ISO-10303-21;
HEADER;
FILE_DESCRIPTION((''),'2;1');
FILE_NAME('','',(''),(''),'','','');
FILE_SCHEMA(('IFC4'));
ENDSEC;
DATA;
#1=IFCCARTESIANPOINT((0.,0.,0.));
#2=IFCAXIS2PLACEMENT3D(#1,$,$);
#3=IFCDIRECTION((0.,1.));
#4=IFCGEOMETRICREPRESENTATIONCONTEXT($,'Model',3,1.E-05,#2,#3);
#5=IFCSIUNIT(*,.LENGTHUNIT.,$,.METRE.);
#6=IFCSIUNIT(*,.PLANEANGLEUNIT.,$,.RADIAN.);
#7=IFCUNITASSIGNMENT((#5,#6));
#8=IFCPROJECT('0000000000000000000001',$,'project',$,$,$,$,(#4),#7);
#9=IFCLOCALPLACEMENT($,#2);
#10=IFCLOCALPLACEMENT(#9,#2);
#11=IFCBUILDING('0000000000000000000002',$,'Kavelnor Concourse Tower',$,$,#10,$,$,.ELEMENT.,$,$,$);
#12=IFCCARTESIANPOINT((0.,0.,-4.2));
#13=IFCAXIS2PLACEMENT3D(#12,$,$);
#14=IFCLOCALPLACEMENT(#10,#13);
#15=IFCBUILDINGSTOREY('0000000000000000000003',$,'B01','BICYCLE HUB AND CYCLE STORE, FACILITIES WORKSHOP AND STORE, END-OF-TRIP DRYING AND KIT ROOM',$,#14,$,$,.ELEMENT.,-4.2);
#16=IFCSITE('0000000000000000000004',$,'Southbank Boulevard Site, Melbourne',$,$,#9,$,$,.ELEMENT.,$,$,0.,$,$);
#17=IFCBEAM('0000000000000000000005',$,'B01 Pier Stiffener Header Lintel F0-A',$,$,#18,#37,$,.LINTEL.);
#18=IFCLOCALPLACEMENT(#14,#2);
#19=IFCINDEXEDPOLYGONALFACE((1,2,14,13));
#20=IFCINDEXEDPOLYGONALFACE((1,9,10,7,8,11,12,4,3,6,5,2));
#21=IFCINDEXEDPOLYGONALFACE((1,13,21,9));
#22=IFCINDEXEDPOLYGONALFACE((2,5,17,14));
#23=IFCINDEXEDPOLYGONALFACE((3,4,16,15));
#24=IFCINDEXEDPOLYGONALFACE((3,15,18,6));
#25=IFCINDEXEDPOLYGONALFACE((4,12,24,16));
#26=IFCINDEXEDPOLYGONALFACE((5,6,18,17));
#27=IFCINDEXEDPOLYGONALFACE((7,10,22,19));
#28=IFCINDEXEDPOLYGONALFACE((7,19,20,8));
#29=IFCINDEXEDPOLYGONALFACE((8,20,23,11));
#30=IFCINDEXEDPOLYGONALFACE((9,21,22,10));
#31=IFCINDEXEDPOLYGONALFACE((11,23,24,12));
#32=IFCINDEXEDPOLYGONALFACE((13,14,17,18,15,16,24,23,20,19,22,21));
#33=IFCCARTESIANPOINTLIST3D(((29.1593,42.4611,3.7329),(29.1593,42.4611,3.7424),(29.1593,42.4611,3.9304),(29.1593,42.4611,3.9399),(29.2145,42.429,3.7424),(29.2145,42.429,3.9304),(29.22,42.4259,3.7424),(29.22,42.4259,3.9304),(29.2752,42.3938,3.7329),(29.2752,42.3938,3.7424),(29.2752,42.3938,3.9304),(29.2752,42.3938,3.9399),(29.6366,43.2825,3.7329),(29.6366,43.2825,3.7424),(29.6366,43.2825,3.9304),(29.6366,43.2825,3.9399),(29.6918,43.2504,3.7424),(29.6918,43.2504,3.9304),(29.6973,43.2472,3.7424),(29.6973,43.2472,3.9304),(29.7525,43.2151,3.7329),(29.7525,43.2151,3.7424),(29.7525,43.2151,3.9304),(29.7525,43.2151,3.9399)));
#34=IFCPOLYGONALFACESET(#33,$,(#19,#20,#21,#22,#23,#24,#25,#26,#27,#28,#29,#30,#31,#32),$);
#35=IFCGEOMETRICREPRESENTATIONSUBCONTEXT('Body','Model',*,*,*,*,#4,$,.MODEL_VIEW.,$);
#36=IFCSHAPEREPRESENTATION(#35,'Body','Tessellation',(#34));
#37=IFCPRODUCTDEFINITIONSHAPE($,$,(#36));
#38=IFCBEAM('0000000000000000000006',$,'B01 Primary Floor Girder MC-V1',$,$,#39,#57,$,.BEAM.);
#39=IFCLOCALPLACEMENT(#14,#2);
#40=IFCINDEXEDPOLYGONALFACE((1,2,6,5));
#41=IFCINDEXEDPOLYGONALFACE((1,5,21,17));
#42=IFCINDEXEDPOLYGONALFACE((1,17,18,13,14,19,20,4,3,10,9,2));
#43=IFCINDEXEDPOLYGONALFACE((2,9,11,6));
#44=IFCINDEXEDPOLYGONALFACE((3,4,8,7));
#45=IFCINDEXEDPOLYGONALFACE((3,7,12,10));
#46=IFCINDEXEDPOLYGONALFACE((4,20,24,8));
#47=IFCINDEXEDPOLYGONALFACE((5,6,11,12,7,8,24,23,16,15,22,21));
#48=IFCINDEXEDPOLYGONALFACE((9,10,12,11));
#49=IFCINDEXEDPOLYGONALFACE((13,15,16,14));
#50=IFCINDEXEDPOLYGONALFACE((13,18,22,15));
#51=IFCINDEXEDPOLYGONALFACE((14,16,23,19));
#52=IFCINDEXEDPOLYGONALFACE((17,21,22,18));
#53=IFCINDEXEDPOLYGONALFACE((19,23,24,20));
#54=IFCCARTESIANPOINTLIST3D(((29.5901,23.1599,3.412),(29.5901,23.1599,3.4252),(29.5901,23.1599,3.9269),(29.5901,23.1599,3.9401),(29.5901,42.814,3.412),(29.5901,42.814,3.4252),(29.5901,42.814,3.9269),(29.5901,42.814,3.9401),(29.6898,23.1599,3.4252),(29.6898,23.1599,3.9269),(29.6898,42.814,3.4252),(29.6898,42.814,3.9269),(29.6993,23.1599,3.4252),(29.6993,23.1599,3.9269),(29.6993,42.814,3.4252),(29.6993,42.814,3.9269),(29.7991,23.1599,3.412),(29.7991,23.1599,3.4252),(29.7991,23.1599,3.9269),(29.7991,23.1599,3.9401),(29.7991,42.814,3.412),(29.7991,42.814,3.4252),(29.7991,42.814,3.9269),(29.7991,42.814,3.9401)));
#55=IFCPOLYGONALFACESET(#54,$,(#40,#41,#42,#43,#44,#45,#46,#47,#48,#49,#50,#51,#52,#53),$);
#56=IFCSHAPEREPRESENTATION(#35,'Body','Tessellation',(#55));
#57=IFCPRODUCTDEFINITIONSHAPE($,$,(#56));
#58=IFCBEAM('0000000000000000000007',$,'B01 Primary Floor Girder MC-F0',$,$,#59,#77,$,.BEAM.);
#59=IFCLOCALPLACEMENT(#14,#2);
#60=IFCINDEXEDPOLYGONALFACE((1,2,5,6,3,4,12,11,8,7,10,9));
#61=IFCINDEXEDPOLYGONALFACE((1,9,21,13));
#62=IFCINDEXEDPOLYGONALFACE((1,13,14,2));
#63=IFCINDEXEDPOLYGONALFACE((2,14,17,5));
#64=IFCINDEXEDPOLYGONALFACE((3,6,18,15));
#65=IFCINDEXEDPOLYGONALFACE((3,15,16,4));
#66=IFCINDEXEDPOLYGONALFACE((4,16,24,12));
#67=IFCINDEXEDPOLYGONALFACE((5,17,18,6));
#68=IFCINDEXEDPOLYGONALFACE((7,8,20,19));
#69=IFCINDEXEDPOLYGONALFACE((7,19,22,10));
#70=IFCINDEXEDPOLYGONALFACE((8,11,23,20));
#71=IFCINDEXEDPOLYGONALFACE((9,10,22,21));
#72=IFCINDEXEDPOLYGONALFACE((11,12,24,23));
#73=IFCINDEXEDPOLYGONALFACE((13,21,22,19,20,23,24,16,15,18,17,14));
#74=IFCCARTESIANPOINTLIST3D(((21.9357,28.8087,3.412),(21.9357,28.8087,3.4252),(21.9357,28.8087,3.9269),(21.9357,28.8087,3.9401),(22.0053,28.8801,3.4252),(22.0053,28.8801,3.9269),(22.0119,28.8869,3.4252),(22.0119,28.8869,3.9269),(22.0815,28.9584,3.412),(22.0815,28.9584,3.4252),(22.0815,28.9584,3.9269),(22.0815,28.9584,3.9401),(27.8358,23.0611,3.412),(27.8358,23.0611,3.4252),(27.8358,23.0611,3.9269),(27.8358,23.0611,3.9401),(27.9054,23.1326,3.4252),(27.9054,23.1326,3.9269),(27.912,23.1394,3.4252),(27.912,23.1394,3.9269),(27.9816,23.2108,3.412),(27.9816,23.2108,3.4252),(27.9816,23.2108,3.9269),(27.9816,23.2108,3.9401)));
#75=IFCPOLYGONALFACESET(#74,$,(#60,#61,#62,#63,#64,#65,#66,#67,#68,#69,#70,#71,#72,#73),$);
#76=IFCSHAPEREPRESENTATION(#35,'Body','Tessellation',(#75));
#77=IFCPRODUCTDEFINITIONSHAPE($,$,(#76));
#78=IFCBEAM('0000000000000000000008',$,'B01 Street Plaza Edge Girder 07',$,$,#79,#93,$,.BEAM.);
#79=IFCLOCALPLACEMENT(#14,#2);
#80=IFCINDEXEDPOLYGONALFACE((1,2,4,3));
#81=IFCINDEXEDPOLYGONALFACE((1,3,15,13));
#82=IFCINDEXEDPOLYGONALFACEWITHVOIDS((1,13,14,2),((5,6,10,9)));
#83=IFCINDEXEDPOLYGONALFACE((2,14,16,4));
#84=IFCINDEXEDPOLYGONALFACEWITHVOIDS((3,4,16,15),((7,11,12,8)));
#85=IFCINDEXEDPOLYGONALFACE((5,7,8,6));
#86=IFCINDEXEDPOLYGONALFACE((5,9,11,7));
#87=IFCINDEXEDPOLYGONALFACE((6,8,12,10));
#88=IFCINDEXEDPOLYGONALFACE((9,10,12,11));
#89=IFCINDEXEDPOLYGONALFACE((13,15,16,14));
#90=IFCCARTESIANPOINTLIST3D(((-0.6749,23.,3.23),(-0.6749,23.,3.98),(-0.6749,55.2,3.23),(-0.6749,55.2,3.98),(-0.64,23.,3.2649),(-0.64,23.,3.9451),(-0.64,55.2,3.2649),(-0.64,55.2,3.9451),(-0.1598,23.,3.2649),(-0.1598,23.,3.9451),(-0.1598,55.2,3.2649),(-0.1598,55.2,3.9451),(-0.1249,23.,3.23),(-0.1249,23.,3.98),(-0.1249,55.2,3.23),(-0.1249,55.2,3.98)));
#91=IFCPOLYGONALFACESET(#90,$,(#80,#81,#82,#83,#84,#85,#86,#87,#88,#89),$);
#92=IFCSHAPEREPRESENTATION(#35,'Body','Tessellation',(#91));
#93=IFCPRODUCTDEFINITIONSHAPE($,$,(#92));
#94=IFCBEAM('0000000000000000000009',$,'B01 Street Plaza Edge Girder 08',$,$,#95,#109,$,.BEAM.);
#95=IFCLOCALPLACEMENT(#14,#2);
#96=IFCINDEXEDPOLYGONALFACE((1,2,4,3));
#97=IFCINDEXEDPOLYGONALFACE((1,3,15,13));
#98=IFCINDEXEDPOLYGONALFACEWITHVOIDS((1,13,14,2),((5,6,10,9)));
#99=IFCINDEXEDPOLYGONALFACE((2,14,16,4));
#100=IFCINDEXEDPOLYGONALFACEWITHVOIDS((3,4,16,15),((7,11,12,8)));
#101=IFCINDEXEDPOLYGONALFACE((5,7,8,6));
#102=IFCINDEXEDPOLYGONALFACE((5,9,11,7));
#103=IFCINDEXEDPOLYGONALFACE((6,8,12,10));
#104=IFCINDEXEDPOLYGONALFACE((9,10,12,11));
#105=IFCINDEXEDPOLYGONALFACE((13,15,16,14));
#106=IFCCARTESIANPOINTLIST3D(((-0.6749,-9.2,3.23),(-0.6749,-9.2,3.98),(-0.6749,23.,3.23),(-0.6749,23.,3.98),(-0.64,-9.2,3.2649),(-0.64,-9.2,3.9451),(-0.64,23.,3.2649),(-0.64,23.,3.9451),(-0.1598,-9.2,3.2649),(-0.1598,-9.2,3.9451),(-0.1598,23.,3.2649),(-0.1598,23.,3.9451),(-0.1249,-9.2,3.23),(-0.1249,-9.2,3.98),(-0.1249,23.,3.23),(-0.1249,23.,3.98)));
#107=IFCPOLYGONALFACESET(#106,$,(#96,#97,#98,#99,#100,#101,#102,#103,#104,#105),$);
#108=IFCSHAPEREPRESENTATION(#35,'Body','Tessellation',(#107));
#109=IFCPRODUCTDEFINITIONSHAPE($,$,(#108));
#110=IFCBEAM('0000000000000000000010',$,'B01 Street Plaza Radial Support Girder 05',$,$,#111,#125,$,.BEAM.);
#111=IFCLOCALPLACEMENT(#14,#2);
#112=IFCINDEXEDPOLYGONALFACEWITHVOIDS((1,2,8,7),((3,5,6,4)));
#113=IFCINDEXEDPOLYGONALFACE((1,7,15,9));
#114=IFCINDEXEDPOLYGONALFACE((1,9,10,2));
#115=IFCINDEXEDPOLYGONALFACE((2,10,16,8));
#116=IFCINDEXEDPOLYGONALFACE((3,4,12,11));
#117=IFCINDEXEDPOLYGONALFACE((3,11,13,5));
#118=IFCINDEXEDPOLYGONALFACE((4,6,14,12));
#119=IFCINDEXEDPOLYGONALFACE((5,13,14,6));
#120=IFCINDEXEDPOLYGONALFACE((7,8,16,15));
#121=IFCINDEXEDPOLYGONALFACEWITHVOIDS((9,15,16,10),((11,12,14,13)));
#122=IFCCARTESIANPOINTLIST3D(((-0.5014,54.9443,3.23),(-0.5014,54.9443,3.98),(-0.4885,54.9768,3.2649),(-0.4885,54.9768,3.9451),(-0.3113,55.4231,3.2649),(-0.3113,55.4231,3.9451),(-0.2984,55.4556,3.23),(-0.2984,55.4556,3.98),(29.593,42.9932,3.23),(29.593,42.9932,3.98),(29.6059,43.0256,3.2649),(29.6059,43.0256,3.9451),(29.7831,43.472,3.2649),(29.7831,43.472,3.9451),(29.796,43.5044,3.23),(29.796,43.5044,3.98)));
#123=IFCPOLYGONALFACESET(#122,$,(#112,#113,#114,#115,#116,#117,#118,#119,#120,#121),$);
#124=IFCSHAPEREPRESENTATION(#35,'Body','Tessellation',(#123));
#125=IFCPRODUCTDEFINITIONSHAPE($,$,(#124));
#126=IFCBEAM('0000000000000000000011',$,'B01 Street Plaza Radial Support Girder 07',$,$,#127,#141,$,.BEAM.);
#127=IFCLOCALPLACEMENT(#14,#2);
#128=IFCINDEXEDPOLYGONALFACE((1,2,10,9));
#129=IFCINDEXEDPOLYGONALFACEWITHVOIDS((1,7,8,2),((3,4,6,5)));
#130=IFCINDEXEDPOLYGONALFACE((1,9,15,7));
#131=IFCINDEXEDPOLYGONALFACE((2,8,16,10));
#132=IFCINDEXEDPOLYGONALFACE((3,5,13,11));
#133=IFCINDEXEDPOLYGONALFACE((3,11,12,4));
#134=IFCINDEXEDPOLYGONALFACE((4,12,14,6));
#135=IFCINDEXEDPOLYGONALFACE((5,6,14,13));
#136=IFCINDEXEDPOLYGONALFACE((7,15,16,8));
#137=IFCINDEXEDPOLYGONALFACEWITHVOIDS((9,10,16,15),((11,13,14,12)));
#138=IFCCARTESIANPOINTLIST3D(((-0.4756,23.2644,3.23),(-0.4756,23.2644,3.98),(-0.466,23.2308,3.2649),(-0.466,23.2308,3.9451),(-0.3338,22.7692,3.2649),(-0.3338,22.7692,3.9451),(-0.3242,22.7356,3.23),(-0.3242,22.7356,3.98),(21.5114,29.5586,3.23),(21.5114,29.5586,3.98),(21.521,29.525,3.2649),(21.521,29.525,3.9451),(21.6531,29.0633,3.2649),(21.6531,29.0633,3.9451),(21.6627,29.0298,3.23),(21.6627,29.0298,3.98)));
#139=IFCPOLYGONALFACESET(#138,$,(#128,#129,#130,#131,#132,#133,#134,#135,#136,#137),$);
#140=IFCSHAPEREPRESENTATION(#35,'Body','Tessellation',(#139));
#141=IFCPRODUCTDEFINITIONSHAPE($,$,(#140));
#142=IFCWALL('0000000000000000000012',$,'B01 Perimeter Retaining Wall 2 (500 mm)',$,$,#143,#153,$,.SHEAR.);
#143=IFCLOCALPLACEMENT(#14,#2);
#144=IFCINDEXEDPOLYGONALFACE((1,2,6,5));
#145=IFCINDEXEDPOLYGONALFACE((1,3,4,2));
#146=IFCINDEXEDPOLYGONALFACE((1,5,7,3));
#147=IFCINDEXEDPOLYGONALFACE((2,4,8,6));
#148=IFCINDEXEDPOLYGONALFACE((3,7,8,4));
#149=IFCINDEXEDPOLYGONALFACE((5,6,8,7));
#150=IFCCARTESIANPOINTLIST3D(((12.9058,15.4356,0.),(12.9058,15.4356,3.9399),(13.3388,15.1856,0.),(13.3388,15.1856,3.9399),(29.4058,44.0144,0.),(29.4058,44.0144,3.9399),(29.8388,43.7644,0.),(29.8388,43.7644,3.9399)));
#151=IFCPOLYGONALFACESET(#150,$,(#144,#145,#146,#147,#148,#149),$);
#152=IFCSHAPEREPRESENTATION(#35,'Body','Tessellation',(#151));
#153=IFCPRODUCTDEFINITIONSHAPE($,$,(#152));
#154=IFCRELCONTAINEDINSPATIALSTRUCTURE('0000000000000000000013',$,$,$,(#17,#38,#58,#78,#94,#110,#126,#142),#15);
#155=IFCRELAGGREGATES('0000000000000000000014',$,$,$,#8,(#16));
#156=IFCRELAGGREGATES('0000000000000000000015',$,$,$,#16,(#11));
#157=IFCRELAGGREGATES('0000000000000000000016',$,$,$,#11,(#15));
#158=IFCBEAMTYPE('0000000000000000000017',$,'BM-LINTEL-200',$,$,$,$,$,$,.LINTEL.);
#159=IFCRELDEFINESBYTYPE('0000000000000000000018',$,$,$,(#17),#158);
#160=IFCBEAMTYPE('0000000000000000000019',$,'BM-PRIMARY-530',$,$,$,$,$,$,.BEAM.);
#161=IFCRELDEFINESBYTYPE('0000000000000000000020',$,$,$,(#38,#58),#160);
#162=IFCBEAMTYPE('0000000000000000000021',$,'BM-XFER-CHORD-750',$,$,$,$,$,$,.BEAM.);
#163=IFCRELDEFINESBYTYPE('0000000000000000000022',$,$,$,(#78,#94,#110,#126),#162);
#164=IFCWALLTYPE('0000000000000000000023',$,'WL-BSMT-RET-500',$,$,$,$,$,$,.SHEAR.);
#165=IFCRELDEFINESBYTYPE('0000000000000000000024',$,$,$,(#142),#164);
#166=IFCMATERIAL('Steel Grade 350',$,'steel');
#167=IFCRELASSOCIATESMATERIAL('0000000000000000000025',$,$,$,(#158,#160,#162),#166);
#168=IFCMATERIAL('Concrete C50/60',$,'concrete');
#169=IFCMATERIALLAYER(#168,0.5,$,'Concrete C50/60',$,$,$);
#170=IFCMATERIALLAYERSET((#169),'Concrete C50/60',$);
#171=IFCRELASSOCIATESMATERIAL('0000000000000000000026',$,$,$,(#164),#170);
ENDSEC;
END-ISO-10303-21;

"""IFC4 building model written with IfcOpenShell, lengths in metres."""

from ifc_helpers import new_model, si_unit, direction, frame, frame_2d, origin, origin_2d, place, context, subcontext, project, spatial, rectangle, hollow_rectangle, i_section, extrude, material, layer, layer_set, material_profile, profile_set, type_object, element, save


model = new_model("IFC4")

# Units and contexts
model_context = context("Model", 3, precision=1e-05, world=origin(), true_north=direction((0.0, 1.0)))
body_context = subcontext(model_context, "Body", "Model", "MODEL_VIEW")
ifc_project = project(units=[si_unit("LENGTHUNIT", "METRE"), si_unit("PLANEANGLEUNIT", "RADIAN")], contexts=[model_context])

# Site, building, storey
site_placement = place(None, origin())
site = spatial("IfcSite", under=ifc_project, at=site_placement, Name="Southbank Boulevard Site, Melbourne", CompositionType="ELEMENT", RefElevation=0.0)
building_placement = place(site_placement, origin())
building = spatial("IfcBuilding", under=site, at=building_placement, Name="Kavelnor Concourse Tower", CompositionType="ELEMENT")
storey_placement = place(building_placement, frame((0.0, 0.0, -4.2)))
storey = spatial("IfcBuildingStorey", under=building, at=storey_placement, Name="B01", Description="BICYCLE HUB AND CYCLE STORE, FACILITIES WORKSHOP AND STORE, END-OF-TRIP DRYING AND KIT ROOM", CompositionType="ELEMENT", Elevation=-4.2)

# Shared definitions
ifc_material_1 = material(Name="Steel Grade 350", Category="steel")

# Beams
ifc_material_profile_1 = material_profile(ifc_material_1, i_section(OverallWidth=0.134, OverallDepth=0.207, WebThickness=0.0063, FlangeThickness=0.0095, at=origin_2d()), Name="200UB29")
ifc_profile_set_1 = profile_set([ifc_material_profile_1], Name="Steel Grade 350")
beam_type_1 = type_object("IfcBeamType", Name="BM-LINTEL-200", PredefinedType="LINTEL", material=ifc_profile_set_1)
beam_1_placement = place(storey_placement, frame((29.6946, 43.2488, 3.8364), z_axis=(-0.502464, -0.864598, 0.0), x_axis=(0.864598, -0.502464, 0.0)))
element("IfcBeam", 1, at=beam_1_placement, inside=storey, type_object=beam_type_1, Name="B01 Pier Stiffener Header Lintel F0-A", PredefinedType="LINTEL", context=body_context, shape_type="SweptSolid", body=[
    extrude(i_section(OverallWidth=0.134, OverallDepth=0.207, WebThickness=0.0063, FlangeThickness=0.0095, at=origin_2d()), origin(), (0.0, 0.0, 1.0), 0.95),
])
ifc_material_profile_2 = material_profile(ifc_material_1, i_section(OverallWidth=0.209, OverallDepth=0.5281, WebThickness=0.0095, FlangeThickness=0.0132, at=origin_2d()), Name="530UB82")
ifc_profile_set_2 = profile_set([ifc_material_profile_2], Name="Steel Grade 350")
beam_type_2 = type_object("IfcBeamType", Name="BM-PRIMARY-530", PredefinedType="BEAM", material=ifc_profile_set_2)
beam_2_placement = place(storey_placement, frame((29.6946, 23.1599, 3.676), z_axis=(0.0, 1.0, 0.0), x_axis=(-1.0, 0.0, 0.0)))
element("IfcBeam", 2, at=beam_2_placement, inside=storey, type_object=beam_type_2, Name="B01 Primary Floor Girder MC-V1", PredefinedType="BEAM", context=body_context, shape_type="SweptSolid", body=[
    extrude(i_section(OverallWidth=0.209, OverallDepth=0.5281, WebThickness=0.0095, FlangeThickness=0.0132, at=origin_2d()), origin(), (0.0, 0.0, 1.0), 19.6541),
])
beam_3_placement = place(storey_placement, frame((27.9087, 23.136, 3.676), z_axis=(-0.716309, 0.697784, 0.0), x_axis=(-0.697784, -0.716309, 0.0)))
element("IfcBeam", 3, at=beam_3_placement, inside=storey, type_object=beam_type_2, Name="B01 Primary Floor Girder MC-F0", PredefinedType="BEAM", context=body_context, shape_type="SweptSolid", body=[
    extrude(i_section(OverallWidth=0.209, OverallDepth=0.5281, WebThickness=0.0095, FlangeThickness=0.0132, at=origin_2d()), origin(), (0.0, 0.0, 1.0), 8.2368),
])
ifc_material_profile_3 = material_profile(ifc_material_1, hollow_rectangle(XDim=0.55, YDim=0.75, WallThickness=0.0349, at=origin_2d()), Name="RHS 750x550x35")
ifc_profile_set_3 = profile_set([ifc_material_profile_3], Name="Steel Grade 350")
beam_type_3 = type_object("IfcBeamType", Name="BM-XFER-CHORD-750", PredefinedType="BEAM", material=ifc_profile_set_3)
for number, where, z_axis, x_axis, name in (
    (4, (-0.3999, 55.2, 3.605), (0.0, -1.0, 0.0), (1.0, 0.0, 0.0), "B01 Street Plaza Edge Girder 07"),
    (5, (-0.3999, 23.0, 3.605), (0.0, -1.0, 0.0), (1.0, 0.0, 0.0), "B01 Street Plaza Edge Girder 08"),
):
    element("IfcBeam", number, at=place(storey_placement, frame(where, z_axis=z_axis, x_axis=x_axis)), inside=storey, type_object=beam_type_3, Name=name, PredefinedType="BEAM", context=body_context, shape_type="SweptSolid", body=[
        extrude(hollow_rectangle(XDim=0.55, YDim=0.75, WallThickness=0.0349, at=origin_2d()), origin(), (0.0, 0.0, 1.0), 32.2),
    ])
beam_4_placement = place(storey_placement, frame((-0.3999, 55.2, 3.605), z_axis=(0.929396, -0.369083, 0.0), x_axis=(0.369083, 0.929396, 0.0)))
element("IfcBeam", 6, at=beam_4_placement, inside=storey, type_object=beam_type_3, Name="B01 Street Plaza Radial Support Girder 05", PredefinedType="BEAM", context=body_context, shape_type="SweptSolid", body=[
    extrude(hollow_rectangle(XDim=0.55, YDim=0.75, WallThickness=0.0349, at=origin_2d()), origin(), (0.0, 0.0, 1.0), 32.3806),
])
beam_5_placement = place(storey_placement, frame((-0.3999, 23.0, 3.605), z_axis=(0.961383, 0.275213, 0.0), x_axis=(-0.275213, 0.961383, 0.0)))
element("IfcBeam", 7, at=beam_5_placement, inside=storey, type_object=beam_type_3, Name="B01 Street Plaza Radial Support Girder 07", PredefinedType="BEAM", context=body_context, shape_type="SweptSolid", body=[
    extrude(hollow_rectangle(XDim=0.55, YDim=0.75, WallThickness=0.0349, at=origin_2d()), origin(), (0.0, 0.0, 1.0), 22.8701),
])

# Wall
ifc_material_2 = material(Name="Concrete C50/60", Category="concrete")
ifc_layer_1 = layer(ifc_material_2, 0.5, Name="Concrete C50/60")
ifc_layer_set_1 = layer_set([ifc_layer_1], Name="Concrete C50/60")
wall_type_1 = type_object("IfcWallType", Name="WL-BSMT-RET-500", PredefinedType="SHEAR", material=ifc_layer_set_1)
wall_1_placement = place(storey_placement, frame((29.6223, 43.8894, 0.0), z_axis=(0.0, 0.0, 1.0), x_axis=(-0.5, -0.866026, 0.0)))
element("IfcWall", 8, at=wall_1_placement, inside=storey, type_object=wall_type_1, Name="B01 Perimeter Retaining Wall 2 (500 mm)", PredefinedType="SHEAR", context=body_context, shape_type="SweptSolid", body=[
    extrude(rectangle(XDim=33.0, YDim=0.5, at=frame_2d((16.5, 0.0))), origin(), (0.0, 0.0, 1.0), 3.9399),
])

save(model, "model.ifc")
